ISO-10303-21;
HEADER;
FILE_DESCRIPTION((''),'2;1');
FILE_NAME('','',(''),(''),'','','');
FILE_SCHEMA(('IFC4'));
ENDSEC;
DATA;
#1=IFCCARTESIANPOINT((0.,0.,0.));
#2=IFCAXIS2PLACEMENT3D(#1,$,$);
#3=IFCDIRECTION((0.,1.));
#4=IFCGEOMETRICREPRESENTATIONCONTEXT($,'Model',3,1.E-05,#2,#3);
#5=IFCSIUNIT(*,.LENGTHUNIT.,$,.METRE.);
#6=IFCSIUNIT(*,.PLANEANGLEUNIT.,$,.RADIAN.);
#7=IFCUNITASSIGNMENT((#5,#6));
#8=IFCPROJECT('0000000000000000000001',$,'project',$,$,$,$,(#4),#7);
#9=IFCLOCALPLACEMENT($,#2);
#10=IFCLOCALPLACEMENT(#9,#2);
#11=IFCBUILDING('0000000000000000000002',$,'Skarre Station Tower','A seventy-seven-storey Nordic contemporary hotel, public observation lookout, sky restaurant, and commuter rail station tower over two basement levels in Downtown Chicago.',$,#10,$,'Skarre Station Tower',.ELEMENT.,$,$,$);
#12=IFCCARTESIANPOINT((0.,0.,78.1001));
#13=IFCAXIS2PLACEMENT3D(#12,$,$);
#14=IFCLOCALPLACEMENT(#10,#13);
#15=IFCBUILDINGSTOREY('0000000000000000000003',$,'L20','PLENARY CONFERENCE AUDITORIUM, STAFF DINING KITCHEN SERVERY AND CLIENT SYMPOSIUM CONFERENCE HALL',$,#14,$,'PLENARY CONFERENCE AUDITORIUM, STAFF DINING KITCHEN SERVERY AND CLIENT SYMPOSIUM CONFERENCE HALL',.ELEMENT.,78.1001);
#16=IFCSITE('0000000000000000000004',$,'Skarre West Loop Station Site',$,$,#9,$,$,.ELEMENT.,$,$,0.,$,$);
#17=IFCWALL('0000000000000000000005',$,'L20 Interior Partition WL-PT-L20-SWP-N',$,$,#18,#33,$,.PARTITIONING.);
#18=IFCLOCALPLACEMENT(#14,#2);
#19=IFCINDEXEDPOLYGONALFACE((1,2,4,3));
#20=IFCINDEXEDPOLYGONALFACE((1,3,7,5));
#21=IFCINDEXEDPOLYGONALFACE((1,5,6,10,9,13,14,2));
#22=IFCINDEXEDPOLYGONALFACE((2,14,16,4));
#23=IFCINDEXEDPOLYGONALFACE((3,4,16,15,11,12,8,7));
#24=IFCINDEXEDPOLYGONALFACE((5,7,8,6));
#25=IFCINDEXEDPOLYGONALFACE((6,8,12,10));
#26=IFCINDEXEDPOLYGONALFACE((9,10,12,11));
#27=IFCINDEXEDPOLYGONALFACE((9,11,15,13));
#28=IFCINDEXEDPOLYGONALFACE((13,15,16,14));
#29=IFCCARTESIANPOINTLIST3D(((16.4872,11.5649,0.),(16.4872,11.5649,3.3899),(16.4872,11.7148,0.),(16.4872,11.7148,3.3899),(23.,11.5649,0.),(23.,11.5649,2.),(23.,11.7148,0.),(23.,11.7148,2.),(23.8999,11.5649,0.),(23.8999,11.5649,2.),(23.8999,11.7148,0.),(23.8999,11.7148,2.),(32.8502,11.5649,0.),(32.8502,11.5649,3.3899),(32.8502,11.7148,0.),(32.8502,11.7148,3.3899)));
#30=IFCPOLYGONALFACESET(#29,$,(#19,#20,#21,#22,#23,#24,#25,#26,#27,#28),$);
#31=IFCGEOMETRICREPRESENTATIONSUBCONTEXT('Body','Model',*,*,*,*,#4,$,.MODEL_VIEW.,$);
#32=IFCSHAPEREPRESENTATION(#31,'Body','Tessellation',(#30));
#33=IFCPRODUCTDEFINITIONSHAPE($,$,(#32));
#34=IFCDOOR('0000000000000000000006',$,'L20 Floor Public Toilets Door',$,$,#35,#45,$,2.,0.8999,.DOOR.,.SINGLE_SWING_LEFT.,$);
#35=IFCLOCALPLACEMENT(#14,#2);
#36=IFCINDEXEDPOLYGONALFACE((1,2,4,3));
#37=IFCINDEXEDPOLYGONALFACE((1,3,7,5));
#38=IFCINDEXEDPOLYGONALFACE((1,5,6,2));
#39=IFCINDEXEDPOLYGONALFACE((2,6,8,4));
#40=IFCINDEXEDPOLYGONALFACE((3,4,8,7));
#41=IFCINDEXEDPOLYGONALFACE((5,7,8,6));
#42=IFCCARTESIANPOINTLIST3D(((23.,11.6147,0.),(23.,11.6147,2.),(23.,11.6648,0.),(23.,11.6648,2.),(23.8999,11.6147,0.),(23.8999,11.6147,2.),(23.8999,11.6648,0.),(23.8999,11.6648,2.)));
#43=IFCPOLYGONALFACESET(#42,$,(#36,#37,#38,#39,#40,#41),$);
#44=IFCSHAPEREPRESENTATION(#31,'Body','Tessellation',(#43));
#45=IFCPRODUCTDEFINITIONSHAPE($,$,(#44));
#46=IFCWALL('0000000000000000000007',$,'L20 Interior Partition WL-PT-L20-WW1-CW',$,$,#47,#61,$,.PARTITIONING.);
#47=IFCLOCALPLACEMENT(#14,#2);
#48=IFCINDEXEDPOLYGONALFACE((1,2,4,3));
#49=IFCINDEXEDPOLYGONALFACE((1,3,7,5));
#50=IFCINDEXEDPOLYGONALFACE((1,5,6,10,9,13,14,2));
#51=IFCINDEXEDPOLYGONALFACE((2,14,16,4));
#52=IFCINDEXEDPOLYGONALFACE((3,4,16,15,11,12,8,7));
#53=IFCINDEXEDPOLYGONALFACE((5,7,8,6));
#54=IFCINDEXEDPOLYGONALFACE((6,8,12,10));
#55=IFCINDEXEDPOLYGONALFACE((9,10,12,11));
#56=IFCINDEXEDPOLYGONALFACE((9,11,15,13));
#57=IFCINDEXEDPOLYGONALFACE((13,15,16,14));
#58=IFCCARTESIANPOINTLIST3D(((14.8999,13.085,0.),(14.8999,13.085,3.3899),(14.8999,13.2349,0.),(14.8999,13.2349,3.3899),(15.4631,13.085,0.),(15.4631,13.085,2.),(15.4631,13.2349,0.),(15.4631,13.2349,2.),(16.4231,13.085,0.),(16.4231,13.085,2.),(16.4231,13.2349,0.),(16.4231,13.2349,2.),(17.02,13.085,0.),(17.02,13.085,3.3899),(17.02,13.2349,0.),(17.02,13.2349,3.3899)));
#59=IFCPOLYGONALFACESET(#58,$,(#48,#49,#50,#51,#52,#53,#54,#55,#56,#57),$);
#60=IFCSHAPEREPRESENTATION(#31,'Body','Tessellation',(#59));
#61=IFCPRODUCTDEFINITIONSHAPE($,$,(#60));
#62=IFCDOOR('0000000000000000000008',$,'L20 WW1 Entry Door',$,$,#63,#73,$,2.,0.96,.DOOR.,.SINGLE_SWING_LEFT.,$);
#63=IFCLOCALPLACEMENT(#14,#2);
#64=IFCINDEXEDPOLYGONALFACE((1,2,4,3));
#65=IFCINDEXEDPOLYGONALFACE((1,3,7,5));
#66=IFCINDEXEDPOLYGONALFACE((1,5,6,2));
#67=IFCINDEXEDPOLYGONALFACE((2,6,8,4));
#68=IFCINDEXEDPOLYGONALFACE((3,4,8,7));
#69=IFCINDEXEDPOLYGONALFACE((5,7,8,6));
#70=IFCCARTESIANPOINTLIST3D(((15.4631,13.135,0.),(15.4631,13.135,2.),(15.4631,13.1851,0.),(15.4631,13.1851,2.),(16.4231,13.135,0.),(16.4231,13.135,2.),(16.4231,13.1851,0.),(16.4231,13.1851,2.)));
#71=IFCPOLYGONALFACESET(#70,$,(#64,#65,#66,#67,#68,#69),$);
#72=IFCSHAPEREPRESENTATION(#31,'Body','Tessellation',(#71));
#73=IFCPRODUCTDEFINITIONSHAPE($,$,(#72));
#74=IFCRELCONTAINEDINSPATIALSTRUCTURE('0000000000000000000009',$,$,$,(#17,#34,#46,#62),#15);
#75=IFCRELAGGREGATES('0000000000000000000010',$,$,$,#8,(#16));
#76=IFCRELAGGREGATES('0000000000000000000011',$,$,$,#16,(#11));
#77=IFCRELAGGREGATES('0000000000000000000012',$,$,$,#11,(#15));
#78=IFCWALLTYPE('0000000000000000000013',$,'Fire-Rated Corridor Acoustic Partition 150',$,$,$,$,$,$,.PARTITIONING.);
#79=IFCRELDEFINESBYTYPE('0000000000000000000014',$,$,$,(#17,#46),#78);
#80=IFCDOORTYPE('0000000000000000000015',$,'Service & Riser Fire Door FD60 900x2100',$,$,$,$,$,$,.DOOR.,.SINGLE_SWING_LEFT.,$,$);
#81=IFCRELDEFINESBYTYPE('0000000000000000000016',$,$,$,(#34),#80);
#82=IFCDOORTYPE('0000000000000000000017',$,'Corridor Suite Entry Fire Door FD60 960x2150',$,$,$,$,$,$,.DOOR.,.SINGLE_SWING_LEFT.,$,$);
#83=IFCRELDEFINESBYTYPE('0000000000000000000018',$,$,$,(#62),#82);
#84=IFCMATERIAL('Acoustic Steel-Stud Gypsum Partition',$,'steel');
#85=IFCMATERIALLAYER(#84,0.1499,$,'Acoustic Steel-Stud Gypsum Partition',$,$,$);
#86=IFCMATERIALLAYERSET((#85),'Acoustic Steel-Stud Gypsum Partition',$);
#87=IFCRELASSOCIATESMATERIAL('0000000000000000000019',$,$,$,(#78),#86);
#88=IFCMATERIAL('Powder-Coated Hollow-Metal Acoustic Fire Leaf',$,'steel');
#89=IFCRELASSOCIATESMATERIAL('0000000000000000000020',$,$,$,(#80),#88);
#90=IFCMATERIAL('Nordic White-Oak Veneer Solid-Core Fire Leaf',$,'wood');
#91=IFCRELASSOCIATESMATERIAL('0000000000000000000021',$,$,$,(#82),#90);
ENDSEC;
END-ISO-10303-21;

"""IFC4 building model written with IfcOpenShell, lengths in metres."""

from ifc_helpers import new_model, si_unit, direction, frame, frame_2d, origin, place, context, subcontext, project, spatial, rectangle, extrude, material, layer, layer_set, type_object, element, fill, save


model = new_model("IFC4")

# Units and contexts
model_context = context("Model", 3, precision=1e-05, world=origin(), true_north=direction((0.0, 1.0)))
body_context = subcontext(model_context, "Body", "Model", "MODEL_VIEW")
ifc_project = project(units=[si_unit("LENGTHUNIT", "METRE"), si_unit("PLANEANGLEUNIT", "RADIAN")], contexts=[model_context])

# Site, building, storey
site_placement = place(None, origin())
site = spatial("IfcSite", under=ifc_project, at=site_placement, Name="Skarre West Loop Station Site", CompositionType="ELEMENT", RefElevation=0.0)
building_placement = place(site_placement, origin())
building = spatial("IfcBuilding", under=site, at=building_placement, Name="Skarre Station Tower", Description="A seventy-seven-storey Nordic contemporary hotel, public observation lookout, sky restaurant, and commuter rail station tower over two basement levels in Downtown Chicago.", LongName="Skarre Station Tower", CompositionType="ELEMENT")
storey_placement = place(building_placement, frame((0.0, 0.0, 78.1001)))
storey = spatial("IfcBuildingStorey", under=building, at=storey_placement, Name="L20", Description="PLENARY CONFERENCE AUDITORIUM, STAFF DINING KITCHEN SERVERY AND CLIENT SYMPOSIUM CONFERENCE HALL", LongName="PLENARY CONFERENCE AUDITORIUM, STAFF DINING KITCHEN SERVERY AND CLIENT SYMPOSIUM CONFERENCE HALL", CompositionType="ELEMENT", Elevation=78.1001)

# Shared definitions
ifc_material_1 = material(Name="Acoustic Steel-Stud Gypsum Partition", Category="steel")
ifc_layer_1 = layer(ifc_material_1, 0.1499, Name="Acoustic Steel-Stud Gypsum Partition")
ifc_layer_set_1 = layer_set([ifc_layer_1], Name="Acoustic Steel-Stud Gypsum Partition")
wall_type_1 = type_object("IfcWallType", Name="Fire-Rated Corridor Acoustic Partition 150", PredefinedType="PARTITIONING", material=ifc_layer_set_1)

# Walls, openings, doors
wall_1_placement = place(storey_placement, frame((16.4871, 11.6399, 0.0), z_axis=(0.0, 0.0, 1.0), x_axis=(1.0, 0.0, 0.0)))
wall_1 = element("IfcWall", 1, at=wall_1_placement, inside=storey, type_object=wall_type_1, Name="L20 Interior Partition WL-PT-L20-SWP-N", PredefinedType="PARTITIONING", context=body_context, shape_type="SweptSolid", body=[
    extrude(rectangle(XDim=16.363, YDim=0.1499, at=frame_2d((8.1816, 0.0))), origin(), (0.0, 0.0, 1.0), 3.3899),
])
opening_1_placement = place(wall_1_placement, frame((6.5129, 0.0, 0.0)))
opening_1 = element("IfcOpeningElement", 2, at=opening_1_placement, cuts=wall_1, PredefinedType="OPENING", context=body_context, shape_type="SweptSolid", body=[
    extrude(rectangle(XDim=0.8999, YDim=2.0, at=frame_2d((0.45, 1.0))), frame((0.0, 0.085, 0.0), z_axis=(0.0, -1.0, 0.0), x_axis=(1.0, 0.0, 0.0)), (0.0, 0.0, 1.0), 0.1699),
])
ifc_material_2 = material(Name="Powder-Coated Hollow-Metal Acoustic Fire Leaf", Category="steel")
door_type_1 = type_object("IfcDoorType", Name="Service & Riser Fire Door FD60 900x2100", OperationType="SINGLE_SWING_LEFT", PredefinedType="DOOR", material=ifc_material_2)
door_1_placement = place(opening_1_placement, origin())
door_1 = element("IfcDoor", 3, at=door_1_placement, inside=storey, type_object=door_type_1, Name="L20 Floor Public Toilets Door", OperationType="SINGLE_SWING_LEFT", OverallHeight=2.0, OverallWidth=0.8999, PredefinedType="DOOR", context=body_context, shape_type="SweptSolid", body=[
    extrude(rectangle(XDim=0.8999, YDim=2.0, at=frame_2d((0.45, 1.0))), frame((0.0, 0.0249, 0.0), z_axis=(0.0, -1.0, 0.0), x_axis=(1.0, 0.0, 0.0)), (0.0, 0.0, 1.0), 0.05),
])
fill(opening_1, door_1)
wall_2_placement = place(storey_placement, frame((17.02, 13.1599, 0.0), z_axis=(0.0, 0.0, 1.0), x_axis=(-1.0, 0.0, 0.0)))
wall_2 = element("IfcWall", 4, at=wall_2_placement, inside=storey, type_object=wall_type_1, Name="L20 Interior Partition WL-PT-L20-WW1-CW", PredefinedType="PARTITIONING", context=body_context, shape_type="SweptSolid", body=[
    extrude(rectangle(XDim=2.1201, YDim=0.1499, at=frame_2d((1.0601, 0.0))), origin(), (0.0, 0.0, 1.0), 3.3899),
])
opening_2_placement = place(wall_2_placement, frame((0.5969, 0.0, 0.0)))
opening_2 = element("IfcOpeningElement", 5, at=opening_2_placement, cuts=wall_2, PredefinedType="OPENING", context=body_context, shape_type="SweptSolid", body=[
    extrude(rectangle(XDim=0.96, YDim=2.0, at=frame_2d((0.48, 1.0))), frame((0.0, 0.085, 0.0), z_axis=(0.0, -1.0, 0.0), x_axis=(1.0, 0.0, 0.0)), (0.0, 0.0, 1.0), 0.1699),
])
ifc_material_3 = material(Name="Nordic White-Oak Veneer Solid-Core Fire Leaf", Category="wood")
door_type_2 = type_object("IfcDoorType", Name="Corridor Suite Entry Fire Door FD60 960x2150", OperationType="SINGLE_SWING_LEFT", PredefinedType="DOOR", material=ifc_material_3)
door_2_placement = place(opening_2_placement, origin())
door_2 = element("IfcDoor", 6, at=door_2_placement, inside=storey, type_object=door_type_2, Name="L20 WW1 Entry Door", OperationType="SINGLE_SWING_LEFT", OverallHeight=2.0, OverallWidth=0.96, PredefinedType="DOOR", context=body_context, shape_type="SweptSolid", body=[
    extrude(rectangle(XDim=0.96, YDim=2.0, at=frame_2d((0.48, 1.0))), frame((0.0, 0.0249, 0.0), z_axis=(0.0, -1.0, 0.0), x_axis=(1.0, 0.0, 0.0)), (0.0, 0.0, 1.0), 0.05),
])
fill(opening_2, door_2)

save(model, "model.ifc")
